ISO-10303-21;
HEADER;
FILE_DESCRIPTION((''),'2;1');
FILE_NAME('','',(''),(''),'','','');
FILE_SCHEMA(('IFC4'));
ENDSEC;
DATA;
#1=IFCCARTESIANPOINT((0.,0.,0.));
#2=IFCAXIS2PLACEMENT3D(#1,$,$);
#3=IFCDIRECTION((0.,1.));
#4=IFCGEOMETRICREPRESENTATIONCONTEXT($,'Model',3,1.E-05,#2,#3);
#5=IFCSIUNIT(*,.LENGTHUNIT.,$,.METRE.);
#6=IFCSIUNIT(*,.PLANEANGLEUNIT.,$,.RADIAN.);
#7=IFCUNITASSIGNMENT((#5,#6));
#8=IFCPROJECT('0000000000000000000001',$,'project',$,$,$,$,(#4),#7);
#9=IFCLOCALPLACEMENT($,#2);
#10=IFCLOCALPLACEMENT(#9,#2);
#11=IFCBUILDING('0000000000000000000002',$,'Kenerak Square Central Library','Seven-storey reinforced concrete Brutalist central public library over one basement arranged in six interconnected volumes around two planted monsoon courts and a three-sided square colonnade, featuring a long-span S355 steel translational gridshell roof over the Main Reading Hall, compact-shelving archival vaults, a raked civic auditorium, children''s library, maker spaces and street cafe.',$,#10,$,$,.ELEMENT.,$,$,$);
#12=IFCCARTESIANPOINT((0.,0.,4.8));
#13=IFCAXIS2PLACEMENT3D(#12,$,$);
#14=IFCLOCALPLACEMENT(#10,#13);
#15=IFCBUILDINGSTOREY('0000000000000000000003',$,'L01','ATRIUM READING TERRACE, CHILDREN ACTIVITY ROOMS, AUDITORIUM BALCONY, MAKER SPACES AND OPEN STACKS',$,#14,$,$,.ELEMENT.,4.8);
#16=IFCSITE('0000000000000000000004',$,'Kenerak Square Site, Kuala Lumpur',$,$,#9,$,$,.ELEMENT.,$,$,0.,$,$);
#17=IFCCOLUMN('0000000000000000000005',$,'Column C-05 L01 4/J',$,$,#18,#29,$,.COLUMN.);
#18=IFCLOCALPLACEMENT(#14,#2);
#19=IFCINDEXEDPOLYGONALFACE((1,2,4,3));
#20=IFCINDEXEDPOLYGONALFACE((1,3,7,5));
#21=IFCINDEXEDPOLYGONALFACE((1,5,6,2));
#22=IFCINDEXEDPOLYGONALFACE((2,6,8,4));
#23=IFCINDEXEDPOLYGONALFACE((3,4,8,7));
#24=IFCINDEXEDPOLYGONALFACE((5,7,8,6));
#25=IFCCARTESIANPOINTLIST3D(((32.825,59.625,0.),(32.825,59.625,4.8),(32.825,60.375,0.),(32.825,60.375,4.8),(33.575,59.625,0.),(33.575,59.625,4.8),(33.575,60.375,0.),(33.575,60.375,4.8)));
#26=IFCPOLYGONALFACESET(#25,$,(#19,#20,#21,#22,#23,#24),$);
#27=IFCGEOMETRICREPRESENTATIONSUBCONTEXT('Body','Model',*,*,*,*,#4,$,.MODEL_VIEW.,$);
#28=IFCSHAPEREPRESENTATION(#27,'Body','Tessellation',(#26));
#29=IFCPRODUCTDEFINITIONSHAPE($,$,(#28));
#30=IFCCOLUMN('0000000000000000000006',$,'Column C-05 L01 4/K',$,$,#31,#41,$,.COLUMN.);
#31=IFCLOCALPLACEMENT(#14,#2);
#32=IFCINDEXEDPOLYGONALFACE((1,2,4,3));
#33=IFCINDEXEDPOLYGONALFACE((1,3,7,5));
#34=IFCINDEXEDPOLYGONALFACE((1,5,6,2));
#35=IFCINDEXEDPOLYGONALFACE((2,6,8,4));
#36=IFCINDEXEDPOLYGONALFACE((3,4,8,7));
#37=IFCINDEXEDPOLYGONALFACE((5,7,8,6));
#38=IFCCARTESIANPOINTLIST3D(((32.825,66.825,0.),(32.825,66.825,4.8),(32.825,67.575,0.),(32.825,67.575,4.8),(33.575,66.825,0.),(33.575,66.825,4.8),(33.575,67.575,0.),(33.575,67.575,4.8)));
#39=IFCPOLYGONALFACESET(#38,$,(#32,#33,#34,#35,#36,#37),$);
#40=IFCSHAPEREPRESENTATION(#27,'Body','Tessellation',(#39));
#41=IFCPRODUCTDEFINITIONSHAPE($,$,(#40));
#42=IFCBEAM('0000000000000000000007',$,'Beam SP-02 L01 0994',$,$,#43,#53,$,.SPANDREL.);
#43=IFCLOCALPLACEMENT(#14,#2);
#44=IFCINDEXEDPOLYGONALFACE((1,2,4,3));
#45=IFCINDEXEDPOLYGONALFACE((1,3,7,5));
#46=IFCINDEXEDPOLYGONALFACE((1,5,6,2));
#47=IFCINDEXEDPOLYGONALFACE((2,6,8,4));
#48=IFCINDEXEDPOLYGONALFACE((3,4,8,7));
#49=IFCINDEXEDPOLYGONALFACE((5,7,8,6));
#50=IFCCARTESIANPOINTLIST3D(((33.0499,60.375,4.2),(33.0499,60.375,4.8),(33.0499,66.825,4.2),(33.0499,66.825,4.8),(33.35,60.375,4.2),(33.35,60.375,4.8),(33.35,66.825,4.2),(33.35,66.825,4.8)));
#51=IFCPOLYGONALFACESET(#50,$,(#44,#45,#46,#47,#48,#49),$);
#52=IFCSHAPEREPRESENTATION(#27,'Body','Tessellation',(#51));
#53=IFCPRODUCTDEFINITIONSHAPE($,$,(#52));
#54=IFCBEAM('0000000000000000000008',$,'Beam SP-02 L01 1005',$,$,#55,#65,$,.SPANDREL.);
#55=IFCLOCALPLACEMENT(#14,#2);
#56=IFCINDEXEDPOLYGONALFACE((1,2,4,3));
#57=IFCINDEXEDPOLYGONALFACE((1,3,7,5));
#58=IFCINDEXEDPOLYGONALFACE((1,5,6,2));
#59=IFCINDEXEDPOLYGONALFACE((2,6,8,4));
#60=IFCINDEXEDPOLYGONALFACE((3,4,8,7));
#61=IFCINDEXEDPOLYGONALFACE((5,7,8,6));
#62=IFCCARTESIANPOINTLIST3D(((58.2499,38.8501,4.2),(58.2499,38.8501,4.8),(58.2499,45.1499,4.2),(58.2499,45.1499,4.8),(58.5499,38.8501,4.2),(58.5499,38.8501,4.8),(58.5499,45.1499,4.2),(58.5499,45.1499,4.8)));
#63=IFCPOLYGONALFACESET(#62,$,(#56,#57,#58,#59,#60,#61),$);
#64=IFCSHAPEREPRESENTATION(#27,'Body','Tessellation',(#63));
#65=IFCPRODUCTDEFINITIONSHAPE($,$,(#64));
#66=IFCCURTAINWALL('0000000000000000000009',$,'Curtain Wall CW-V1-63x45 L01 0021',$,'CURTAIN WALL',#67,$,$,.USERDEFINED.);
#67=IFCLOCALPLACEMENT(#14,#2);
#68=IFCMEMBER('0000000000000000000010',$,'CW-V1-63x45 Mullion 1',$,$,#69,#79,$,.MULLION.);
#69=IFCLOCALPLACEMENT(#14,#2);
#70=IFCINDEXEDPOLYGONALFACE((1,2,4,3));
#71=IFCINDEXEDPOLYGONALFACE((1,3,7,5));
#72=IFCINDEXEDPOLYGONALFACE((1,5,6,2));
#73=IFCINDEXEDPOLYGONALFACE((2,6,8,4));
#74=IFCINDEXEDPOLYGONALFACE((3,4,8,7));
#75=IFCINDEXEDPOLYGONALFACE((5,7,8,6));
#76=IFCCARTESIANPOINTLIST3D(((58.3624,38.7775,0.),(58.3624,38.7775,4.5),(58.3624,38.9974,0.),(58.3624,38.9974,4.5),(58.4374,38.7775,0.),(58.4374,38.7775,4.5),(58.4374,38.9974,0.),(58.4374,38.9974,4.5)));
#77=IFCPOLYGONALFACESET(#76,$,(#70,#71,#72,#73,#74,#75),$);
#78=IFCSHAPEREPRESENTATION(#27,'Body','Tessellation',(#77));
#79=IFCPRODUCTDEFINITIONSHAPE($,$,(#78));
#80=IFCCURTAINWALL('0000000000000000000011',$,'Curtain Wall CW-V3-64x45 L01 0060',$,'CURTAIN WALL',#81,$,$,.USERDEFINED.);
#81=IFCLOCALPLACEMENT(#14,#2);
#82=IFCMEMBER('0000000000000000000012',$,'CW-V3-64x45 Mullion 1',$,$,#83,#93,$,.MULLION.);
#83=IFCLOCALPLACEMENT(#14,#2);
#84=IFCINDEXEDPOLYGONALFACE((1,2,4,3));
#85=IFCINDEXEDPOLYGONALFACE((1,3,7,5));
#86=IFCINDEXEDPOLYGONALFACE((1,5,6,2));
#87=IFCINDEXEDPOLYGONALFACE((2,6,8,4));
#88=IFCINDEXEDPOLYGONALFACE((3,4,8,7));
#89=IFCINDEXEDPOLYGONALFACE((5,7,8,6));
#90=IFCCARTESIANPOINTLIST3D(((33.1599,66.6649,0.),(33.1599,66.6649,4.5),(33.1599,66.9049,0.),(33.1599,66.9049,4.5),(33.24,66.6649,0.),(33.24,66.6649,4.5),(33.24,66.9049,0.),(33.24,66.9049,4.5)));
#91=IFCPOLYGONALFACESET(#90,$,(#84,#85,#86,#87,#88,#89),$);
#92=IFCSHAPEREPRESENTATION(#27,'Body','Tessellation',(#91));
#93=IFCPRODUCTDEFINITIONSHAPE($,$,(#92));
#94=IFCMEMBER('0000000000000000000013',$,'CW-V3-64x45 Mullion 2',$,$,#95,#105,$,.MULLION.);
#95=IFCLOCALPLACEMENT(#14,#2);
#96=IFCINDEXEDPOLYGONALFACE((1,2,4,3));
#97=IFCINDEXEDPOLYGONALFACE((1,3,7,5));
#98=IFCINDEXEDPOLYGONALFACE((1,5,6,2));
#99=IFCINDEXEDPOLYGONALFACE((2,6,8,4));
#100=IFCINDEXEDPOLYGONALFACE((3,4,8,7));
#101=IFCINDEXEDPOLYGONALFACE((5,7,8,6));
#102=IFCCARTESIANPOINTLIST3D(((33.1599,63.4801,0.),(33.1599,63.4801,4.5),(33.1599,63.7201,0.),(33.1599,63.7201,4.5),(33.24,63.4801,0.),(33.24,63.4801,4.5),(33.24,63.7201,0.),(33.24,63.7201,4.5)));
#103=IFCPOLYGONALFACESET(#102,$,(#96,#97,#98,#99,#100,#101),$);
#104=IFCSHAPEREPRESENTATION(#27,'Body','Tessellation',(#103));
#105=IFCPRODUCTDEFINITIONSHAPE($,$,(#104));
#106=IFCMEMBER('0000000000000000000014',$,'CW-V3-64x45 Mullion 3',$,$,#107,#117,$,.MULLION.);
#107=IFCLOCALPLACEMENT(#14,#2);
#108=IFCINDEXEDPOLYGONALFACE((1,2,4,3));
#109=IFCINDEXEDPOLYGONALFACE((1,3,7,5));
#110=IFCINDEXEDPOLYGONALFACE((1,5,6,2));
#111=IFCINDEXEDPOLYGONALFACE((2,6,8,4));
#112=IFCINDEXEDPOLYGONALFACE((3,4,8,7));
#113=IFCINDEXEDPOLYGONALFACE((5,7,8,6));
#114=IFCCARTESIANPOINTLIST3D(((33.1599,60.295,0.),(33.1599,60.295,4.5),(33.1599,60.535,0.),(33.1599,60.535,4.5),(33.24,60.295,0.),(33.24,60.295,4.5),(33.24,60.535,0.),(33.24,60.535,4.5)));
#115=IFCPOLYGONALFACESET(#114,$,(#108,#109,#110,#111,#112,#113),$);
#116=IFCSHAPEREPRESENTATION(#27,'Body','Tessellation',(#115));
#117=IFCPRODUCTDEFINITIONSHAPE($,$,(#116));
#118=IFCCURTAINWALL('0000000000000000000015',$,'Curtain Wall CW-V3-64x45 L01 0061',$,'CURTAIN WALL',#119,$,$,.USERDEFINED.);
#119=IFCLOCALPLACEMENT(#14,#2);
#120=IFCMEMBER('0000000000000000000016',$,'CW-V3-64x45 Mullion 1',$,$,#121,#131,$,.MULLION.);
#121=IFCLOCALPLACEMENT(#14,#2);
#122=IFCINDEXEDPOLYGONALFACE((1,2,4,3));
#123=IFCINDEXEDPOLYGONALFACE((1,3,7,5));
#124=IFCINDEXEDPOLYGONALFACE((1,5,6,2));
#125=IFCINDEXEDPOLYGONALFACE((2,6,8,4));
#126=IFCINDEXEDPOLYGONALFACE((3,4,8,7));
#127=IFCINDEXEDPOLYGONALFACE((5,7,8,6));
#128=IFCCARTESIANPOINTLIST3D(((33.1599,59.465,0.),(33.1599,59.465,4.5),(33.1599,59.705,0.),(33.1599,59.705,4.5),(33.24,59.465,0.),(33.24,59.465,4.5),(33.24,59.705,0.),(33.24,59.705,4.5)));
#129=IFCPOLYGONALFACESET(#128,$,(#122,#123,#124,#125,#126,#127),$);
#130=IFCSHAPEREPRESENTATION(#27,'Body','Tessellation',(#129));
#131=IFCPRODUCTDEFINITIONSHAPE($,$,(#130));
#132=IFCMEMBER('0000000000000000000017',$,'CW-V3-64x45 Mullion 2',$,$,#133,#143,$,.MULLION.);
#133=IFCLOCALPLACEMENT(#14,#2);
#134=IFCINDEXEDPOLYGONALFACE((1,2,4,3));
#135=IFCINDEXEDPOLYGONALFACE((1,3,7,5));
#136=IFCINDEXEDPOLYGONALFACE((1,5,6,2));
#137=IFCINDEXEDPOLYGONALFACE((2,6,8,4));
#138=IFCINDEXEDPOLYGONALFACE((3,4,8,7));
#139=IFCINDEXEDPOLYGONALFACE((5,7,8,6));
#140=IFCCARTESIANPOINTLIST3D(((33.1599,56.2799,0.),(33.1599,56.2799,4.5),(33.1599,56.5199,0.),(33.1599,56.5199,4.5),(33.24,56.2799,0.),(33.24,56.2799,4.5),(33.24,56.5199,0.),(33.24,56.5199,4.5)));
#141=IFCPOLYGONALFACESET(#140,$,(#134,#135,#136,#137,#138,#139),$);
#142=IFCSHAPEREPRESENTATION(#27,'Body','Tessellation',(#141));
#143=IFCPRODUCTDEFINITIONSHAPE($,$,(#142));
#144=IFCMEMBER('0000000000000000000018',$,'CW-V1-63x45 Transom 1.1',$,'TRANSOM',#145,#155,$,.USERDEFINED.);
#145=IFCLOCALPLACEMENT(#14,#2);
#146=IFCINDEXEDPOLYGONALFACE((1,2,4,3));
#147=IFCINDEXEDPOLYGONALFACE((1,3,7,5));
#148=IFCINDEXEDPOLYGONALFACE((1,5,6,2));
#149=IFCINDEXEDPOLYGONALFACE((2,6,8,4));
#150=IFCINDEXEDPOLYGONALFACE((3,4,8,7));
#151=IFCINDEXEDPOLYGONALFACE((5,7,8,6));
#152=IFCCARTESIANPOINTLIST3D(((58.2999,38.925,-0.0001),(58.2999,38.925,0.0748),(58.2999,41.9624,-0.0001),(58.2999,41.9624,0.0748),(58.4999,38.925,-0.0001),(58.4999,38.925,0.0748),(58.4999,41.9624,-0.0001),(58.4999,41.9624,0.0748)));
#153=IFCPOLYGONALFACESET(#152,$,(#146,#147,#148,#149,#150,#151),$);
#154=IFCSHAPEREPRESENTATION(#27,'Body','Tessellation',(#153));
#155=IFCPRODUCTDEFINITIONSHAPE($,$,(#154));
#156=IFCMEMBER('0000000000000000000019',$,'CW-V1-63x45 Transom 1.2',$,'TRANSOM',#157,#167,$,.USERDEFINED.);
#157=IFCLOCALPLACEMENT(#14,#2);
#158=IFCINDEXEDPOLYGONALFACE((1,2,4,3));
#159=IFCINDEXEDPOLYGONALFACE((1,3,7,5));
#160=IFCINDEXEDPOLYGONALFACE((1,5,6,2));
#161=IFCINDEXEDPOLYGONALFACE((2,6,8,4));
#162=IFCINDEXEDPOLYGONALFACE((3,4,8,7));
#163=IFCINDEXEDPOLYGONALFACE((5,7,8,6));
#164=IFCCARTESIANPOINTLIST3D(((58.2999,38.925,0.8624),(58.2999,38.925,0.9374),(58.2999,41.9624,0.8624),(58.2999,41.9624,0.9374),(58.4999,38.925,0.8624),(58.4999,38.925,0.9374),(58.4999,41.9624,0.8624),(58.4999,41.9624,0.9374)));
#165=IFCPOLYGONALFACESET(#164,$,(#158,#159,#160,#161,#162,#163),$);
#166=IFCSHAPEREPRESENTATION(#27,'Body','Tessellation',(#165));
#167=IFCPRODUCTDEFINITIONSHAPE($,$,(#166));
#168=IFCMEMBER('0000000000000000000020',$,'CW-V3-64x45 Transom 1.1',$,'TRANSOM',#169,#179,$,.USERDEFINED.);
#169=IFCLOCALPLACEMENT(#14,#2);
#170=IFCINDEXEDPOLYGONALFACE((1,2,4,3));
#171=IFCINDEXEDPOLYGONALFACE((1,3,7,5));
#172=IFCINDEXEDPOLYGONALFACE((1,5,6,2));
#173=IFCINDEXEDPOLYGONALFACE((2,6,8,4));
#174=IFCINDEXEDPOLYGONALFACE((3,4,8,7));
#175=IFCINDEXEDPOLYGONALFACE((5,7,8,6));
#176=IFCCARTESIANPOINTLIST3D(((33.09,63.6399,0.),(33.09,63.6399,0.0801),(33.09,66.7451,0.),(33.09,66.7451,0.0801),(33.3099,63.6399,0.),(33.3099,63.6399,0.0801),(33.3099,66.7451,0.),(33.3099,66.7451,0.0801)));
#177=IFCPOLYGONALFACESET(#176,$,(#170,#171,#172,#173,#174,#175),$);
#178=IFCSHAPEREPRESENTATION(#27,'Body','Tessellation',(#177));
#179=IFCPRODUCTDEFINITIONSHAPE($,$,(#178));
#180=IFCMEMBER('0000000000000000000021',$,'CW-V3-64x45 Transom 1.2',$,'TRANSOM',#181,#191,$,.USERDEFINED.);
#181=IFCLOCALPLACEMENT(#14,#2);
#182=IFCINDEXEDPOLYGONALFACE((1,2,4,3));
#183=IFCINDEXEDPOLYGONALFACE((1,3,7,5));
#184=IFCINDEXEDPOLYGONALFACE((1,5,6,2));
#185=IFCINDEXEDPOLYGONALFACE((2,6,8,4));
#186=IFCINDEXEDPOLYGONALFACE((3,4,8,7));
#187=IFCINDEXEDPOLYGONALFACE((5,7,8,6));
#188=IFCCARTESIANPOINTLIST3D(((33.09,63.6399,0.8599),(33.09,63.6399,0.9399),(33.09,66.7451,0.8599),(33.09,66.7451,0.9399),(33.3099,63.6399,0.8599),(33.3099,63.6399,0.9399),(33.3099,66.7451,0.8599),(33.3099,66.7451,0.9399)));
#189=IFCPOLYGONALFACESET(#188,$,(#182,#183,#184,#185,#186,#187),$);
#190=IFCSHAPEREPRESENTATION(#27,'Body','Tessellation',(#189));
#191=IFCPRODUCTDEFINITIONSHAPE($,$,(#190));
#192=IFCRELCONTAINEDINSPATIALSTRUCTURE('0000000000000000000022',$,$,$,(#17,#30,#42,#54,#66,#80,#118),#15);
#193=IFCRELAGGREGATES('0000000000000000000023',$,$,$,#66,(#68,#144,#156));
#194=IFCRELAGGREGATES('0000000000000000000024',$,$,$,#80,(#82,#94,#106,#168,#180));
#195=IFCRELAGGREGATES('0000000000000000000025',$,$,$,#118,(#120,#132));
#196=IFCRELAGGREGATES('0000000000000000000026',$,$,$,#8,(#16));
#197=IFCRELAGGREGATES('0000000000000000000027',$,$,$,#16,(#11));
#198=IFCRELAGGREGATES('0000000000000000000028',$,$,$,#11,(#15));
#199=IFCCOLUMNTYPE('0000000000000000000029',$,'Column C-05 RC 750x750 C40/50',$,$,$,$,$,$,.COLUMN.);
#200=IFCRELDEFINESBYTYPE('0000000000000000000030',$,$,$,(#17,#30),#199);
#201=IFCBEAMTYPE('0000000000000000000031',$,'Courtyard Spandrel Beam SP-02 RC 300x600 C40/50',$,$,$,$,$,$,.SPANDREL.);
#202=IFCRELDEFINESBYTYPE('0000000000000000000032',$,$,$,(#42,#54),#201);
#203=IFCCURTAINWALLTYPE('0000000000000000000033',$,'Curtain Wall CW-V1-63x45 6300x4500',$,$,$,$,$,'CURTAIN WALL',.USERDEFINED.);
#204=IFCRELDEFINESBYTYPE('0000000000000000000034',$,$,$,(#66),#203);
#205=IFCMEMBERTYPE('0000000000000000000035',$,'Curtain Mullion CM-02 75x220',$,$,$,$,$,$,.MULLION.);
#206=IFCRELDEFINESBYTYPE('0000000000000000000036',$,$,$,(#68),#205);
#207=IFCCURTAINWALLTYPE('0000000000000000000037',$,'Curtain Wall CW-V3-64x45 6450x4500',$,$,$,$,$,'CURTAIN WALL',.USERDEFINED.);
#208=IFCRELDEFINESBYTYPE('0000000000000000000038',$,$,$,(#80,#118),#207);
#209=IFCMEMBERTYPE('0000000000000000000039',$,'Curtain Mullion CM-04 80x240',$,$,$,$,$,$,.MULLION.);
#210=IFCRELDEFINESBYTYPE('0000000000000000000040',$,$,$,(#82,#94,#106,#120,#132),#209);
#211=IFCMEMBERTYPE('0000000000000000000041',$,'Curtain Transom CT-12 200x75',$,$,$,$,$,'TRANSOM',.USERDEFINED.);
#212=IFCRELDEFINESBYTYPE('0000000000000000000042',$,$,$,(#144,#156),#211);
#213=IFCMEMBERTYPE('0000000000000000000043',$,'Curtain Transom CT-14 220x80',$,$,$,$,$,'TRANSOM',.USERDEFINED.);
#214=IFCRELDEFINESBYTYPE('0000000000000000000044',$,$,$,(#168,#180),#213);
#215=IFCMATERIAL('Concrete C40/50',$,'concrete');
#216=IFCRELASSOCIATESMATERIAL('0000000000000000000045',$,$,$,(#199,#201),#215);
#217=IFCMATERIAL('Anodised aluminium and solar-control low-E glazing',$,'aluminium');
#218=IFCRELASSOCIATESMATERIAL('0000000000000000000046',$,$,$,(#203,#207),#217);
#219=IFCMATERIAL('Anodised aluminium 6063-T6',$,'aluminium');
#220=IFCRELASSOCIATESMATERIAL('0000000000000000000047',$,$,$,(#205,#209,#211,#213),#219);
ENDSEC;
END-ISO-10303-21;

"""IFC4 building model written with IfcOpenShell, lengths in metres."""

from ifc_helpers import new_model, si_unit, direction, frame, origin, origin_2d, place, context, subcontext, project, spatial, rectangle, extrude, material, material_profile, profile_set, type_object, element, aggregate, save


model = new_model("IFC4")

# Units and contexts
model_context = context("Model", 3, precision=1e-05, world=origin(), true_north=direction((0.0, 1.0)))
body_context = subcontext(model_context, "Body", "Model", "MODEL_VIEW")
ifc_project = project(units=[si_unit("LENGTHUNIT", "METRE"), si_unit("PLANEANGLEUNIT", "RADIAN")], contexts=[model_context])

# Site, building, storey
site_placement = place(None, origin())
site = spatial("IfcSite", under=ifc_project, at=site_placement, Name="Kenerak Square Site, Kuala Lumpur", CompositionType="ELEMENT", RefElevation=0.0)
building_placement = place(site_placement, origin())
building = spatial("IfcBuilding", under=site, at=building_placement, Name="Kenerak Square Central Library", Description="Seven-storey reinforced concrete Brutalist central public library over one basement arranged in six interconnected volumes around two planted monsoon courts and a three-sided square colonnade, featuring a long-span S355 steel translational gridshell roof over the Main Reading Hall, compact-shelving archival vaults, a raked civic auditorium, children's library, maker spaces and street cafe.", CompositionType="ELEMENT")
storey_placement = place(building_placement, frame((0.0, 0.0, 4.8)))
storey = spatial("IfcBuildingStorey", under=building, at=storey_placement, Name="L01", Description="ATRIUM READING TERRACE, CHILDREN ACTIVITY ROOMS, AUDITORIUM BALCONY, MAKER SPACES AND OPEN STACKS", CompositionType="ELEMENT", Elevation=4.8)

# Columns
ifc_material_1 = material(Name="Concrete C40/50", Category="concrete")
ifc_material_profile_1 = material_profile(ifc_material_1, rectangle(XDim=0.75, YDim=0.75, at=origin_2d()), Name="RC 750x750")
ifc_profile_set_1 = profile_set([ifc_material_profile_1], Name="Concrete C40/50")
column_type = type_object("IfcColumnType", Name="Column C-05 RC 750x750 C40/50", PredefinedType="COLUMN", material=ifc_profile_set_1)
for number, where, z_axis, x_axis, name in (
    (1, (33.2, 60.0, 0.0), (0.0, 0.0, 1.0), (1.0, 0.0, 0.0), "Column C-05 L01 4/J"),
    (2, (33.2, 67.2, 0.0), (0.0, 0.0, 1.0), (1.0, 0.0, 0.0), "Column C-05 L01 4/K"),
):
    element("IfcColumn", number, at=place(storey_placement, frame(where, z_axis=z_axis, x_axis=x_axis)), inside=storey, type_object=column_type, Name=name, PredefinedType="COLUMN", context=body_context, shape_type="SweptSolid", body=[
        extrude(rectangle(XDim=0.75, YDim=0.75, at=origin_2d()), origin(), (0.0, 0.0, 1.0), 4.8),
    ])

# Beams
ifc_material_profile_2 = material_profile(ifc_material_1, rectangle(XDim=0.3, YDim=0.6001, at=origin_2d()), Name="RC 300x600")
ifc_profile_set_2 = profile_set([ifc_material_profile_2], Name="Concrete C40/50")
beam_type = type_object("IfcBeamType", Name="Courtyard Spandrel Beam SP-02 RC 300x600 C40/50", PredefinedType="SPANDREL", material=ifc_profile_set_2)
beam_1_placement = place(storey_placement, frame((33.2, 60.375, 4.5), z_axis=(0.0, 1.0, 0.0), x_axis=(-1.0, 0.0, 0.0)))
element("IfcBeam", 3, at=beam_1_placement, inside=storey, type_object=beam_type, Name="Beam SP-02 L01 0994", PredefinedType="SPANDREL", context=body_context, shape_type="SweptSolid", body=[
    extrude(rectangle(XDim=0.3, YDim=0.6001, at=origin_2d()), origin(), (0.0, 0.0, 1.0), 6.45),
])
beam_2_placement = place(storey_placement, frame((58.3999, 38.8501, 4.5), z_axis=(0.0, 1.0, 0.0), x_axis=(-1.0, 0.0, 0.0)))
element("IfcBeam", 4, at=beam_2_placement, inside=storey, type_object=beam_type, Name="Beam SP-02 L01 1005", PredefinedType="SPANDREL", context=body_context, shape_type="SweptSolid", body=[
    extrude(rectangle(XDim=0.3, YDim=0.6001, at=origin_2d()), origin(), (0.0, 0.0, 1.0), 6.2998),
])

# Curtain wall, member
ifc_material_2 = material(Name="Anodised aluminium and solar-control low-E glazing", Category="aluminium")
curtain_wall_type_1 = type_object("IfcCurtainWallType", Name="Curtain Wall CW-V1-63x45 6300x4500", ElementType="CURTAIN WALL", PredefinedType="USERDEFINED", material=ifc_material_2)
curtain_wall_1_placement = place(storey_placement, origin())
curtain_wall_1 = element("IfcCurtainWall", 5, at=curtain_wall_1_placement, inside=storey, type_object=curtain_wall_type_1, Name="Curtain Wall CW-V1-63x45 L01 0021", ObjectType="CURTAIN WALL", PredefinedType="USERDEFINED")
ifc_material_3 = material(Name="Anodised aluminium 6063-T6", Category="aluminium")
ifc_material_profile_3 = material_profile(ifc_material_3, rectangle(XDim=0.075, YDim=0.22, at=origin_2d()), Name="AL MULLION 75x220")
ifc_profile_set_3 = profile_set([ifc_material_profile_3], Name="Anodised aluminium 6063-T6")
member_type_1 = type_object("IfcMemberType", Name="Curtain Mullion CM-02 75x220", PredefinedType="MULLION", material=ifc_profile_set_3)
member_1_placement = place(storey_placement, frame((58.3999, 38.8875, 0.0), z_axis=(0.0, 0.0, 1.0), x_axis=(-1.0, 0.0, 0.0)))
member_1 = element("IfcMember", 6, at=member_1_placement, type_object=member_type_1, Name="CW-V1-63x45 Mullion 1", PredefinedType="MULLION", context=body_context, shape_type="SweptSolid", body=[
    extrude(rectangle(XDim=0.075, YDim=0.22, at=origin_2d()), origin(), (0.0, 0.0, 1.0), 4.5),
])

# Curtain walls, members
curtain_wall_type_2 = type_object("IfcCurtainWallType", Name="Curtain Wall CW-V3-64x45 6450x4500", ElementType="CURTAIN WALL", PredefinedType="USERDEFINED", material=ifc_material_2)
curtain_wall_2_placement = place(storey_placement, origin())
curtain_wall_2 = element("IfcCurtainWall", 7, at=curtain_wall_2_placement, inside=storey, type_object=curtain_wall_type_2, Name="Curtain Wall CW-V3-64x45 L01 0060", ObjectType="CURTAIN WALL", PredefinedType="USERDEFINED")
ifc_material_profile_4 = material_profile(ifc_material_3, rectangle(XDim=0.0801, YDim=0.24, at=origin_2d()), Name="AL MULLION 80x240")
ifc_profile_set_4 = profile_set([ifc_material_profile_4], Name="Anodised aluminium 6063-T6")
member_type_2 = type_object("IfcMemberType", Name="Curtain Mullion CM-04 80x240", PredefinedType="MULLION", material=ifc_profile_set_4)
member_2_placement = place(storey_placement, frame((33.2, 66.7849, 0.0), z_axis=(0.0, 0.0, 1.0), x_axis=(1.0, 0.0, 0.0)))
member_2 = element("IfcMember", 8, at=member_2_placement, type_object=member_type_2, Name="CW-V3-64x45 Mullion 1", PredefinedType="MULLION", context=body_context, shape_type="SweptSolid", body=[
    extrude(rectangle(XDim=0.0801, YDim=0.24, at=origin_2d()), origin(), (0.0, 0.0, 1.0), 4.5),
])
member_3_placement = place(storey_placement, frame((33.2, 63.6001, 0.0), z_axis=(0.0, 0.0, 1.0), x_axis=(1.0, 0.0, 0.0)))
member_3 = element("IfcMember", 9, at=member_3_placement, type_object=member_type_2, Name="CW-V3-64x45 Mullion 2", PredefinedType="MULLION", context=body_context, shape_type="SweptSolid", body=[
    extrude(rectangle(XDim=0.0801, YDim=0.24, at=origin_2d()), origin(), (0.0, 0.0, 1.0), 4.5),
])
member_4_placement = place(storey_placement, frame((33.2, 60.415, 0.0), z_axis=(0.0, 0.0, 1.0), x_axis=(1.0, 0.0, 0.0)))
member_4 = element("IfcMember", 10, at=member_4_placement, type_object=member_type_2, Name="CW-V3-64x45 Mullion 3", PredefinedType="MULLION", context=body_context, shape_type="SweptSolid", body=[
    extrude(rectangle(XDim=0.0801, YDim=0.24, at=origin_2d()), origin(), (0.0, 0.0, 1.0), 4.5),
])
curtain_wall_3_placement = place(storey_placement, origin())
curtain_wall_3 = element("IfcCurtainWall", 11, at=curtain_wall_3_placement, inside=storey, type_object=curtain_wall_type_2, Name="Curtain Wall CW-V3-64x45 L01 0061", ObjectType="CURTAIN WALL", PredefinedType="USERDEFINED")
member_5_placement = place(storey_placement, frame((33.2, 59.585, 0.0), z_axis=(0.0, 0.0, 1.0), x_axis=(1.0, 0.0, 0.0)))
member_5 = element("IfcMember", 12, at=member_5_placement, type_object=member_type_2, Name="CW-V3-64x45 Mullion 1", PredefinedType="MULLION", context=body_context, shape_type="SweptSolid", body=[
    extrude(rectangle(XDim=0.0801, YDim=0.24, at=origin_2d()), origin(), (0.0, 0.0, 1.0), 4.5),
])
member_6_placement = place(storey_placement, frame((33.2, 56.3999, 0.0), z_axis=(0.0, 0.0, 1.0), x_axis=(1.0, 0.0, 0.0)))
member_6 = element("IfcMember", 13, at=member_6_placement, type_object=member_type_2, Name="CW-V3-64x45 Mullion 2", PredefinedType="MULLION", context=body_context, shape_type="SweptSolid", body=[
    extrude(rectangle(XDim=0.0801, YDim=0.24, at=origin_2d()), origin(), (0.0, 0.0, 1.0), 4.5),
])

# Members
ifc_material_profile_5 = material_profile(ifc_material_3, rectangle(XDim=0.2, YDim=0.075, at=origin_2d()), Name="AL TRANSOM 200x75")
ifc_profile_set_5 = profile_set([ifc_material_profile_5], Name="Anodised aluminium 6063-T6")
member_type_3 = type_object("IfcMemberType", Name="Curtain Transom CT-12 200x75", ElementType="TRANSOM", PredefinedType="USERDEFINED", material=ifc_profile_set_5)
member_7_placement = place(storey_placement, frame((58.3999, 38.925, 0.0374), z_axis=(0.0, 1.0, 0.0), x_axis=(-1.0, 0.0, 0.0)))
member_7 = element("IfcMember", 14, at=member_7_placement, type_object=member_type_3, Name="CW-V1-63x45 Transom 1.1", ObjectType="TRANSOM", PredefinedType="USERDEFINED", context=body_context, shape_type="SweptSolid", body=[
    extrude(rectangle(XDim=0.2, YDim=0.075, at=origin_2d()), origin(), (0.0, 0.0, 1.0), 3.0374),
])
member_8_placement = place(storey_placement, frame((58.3999, 38.925, 0.8999), z_axis=(0.0, 1.0, 0.0), x_axis=(-1.0, 0.0, 0.0)))
member_8 = element("IfcMember", 15, at=member_8_placement, type_object=member_type_3, Name="CW-V1-63x45 Transom 1.2", ObjectType="TRANSOM", PredefinedType="USERDEFINED", context=body_context, shape_type="SweptSolid", body=[
    extrude(rectangle(XDim=0.2, YDim=0.075, at=origin_2d()), origin(), (0.0, 0.0, 1.0), 3.0374),
])
aggregate(curtain_wall_1, [member_1, member_7, member_8])
ifc_material_profile_6 = material_profile(ifc_material_3, rectangle(XDim=0.22, YDim=0.0801, at=origin_2d()), Name="AL TRANSOM 220x80")
ifc_profile_set_6 = profile_set([ifc_material_profile_6], Name="Anodised aluminium 6063-T6")
member_type_4 = type_object("IfcMemberType", Name="Curtain Transom CT-14 220x80", ElementType="TRANSOM", PredefinedType="USERDEFINED", material=ifc_profile_set_6)
member_9_placement = place(storey_placement, frame((33.2, 66.7451, 0.04), z_axis=(0.0, -1.0, 0.0), x_axis=(1.0, 0.0, 0.0)))
member_9 = element("IfcMember", 16, at=member_9_placement, type_object=member_type_4, Name="CW-V3-64x45 Transom 1.1", ObjectType="TRANSOM", PredefinedType="USERDEFINED", context=body_context, shape_type="SweptSolid", body=[
    extrude(rectangle(XDim=0.22, YDim=0.0801, at=origin_2d()), origin(), (0.0, 0.0, 1.0), 3.1052),
])
member_10_placement = place(storey_placement, frame((33.2, 66.7451, 0.8999), z_axis=(0.0, -1.0, 0.0), x_axis=(1.0, 0.0, 0.0)))
member_10 = element("IfcMember", 17, at=member_10_placement, type_object=member_type_4, Name="CW-V3-64x45 Transom 1.2", ObjectType="TRANSOM", PredefinedType="USERDEFINED", context=body_context, shape_type="SweptSolid", body=[
    extrude(rectangle(XDim=0.22, YDim=0.0801, at=origin_2d()), origin(), (0.0, 0.0, 1.0), 3.1052),
])

aggregate(curtain_wall_2, [member_2, member_3, member_4, member_9, member_10])
aggregate(curtain_wall_3, [member_5, member_6])

save(model, "model.ifc")
